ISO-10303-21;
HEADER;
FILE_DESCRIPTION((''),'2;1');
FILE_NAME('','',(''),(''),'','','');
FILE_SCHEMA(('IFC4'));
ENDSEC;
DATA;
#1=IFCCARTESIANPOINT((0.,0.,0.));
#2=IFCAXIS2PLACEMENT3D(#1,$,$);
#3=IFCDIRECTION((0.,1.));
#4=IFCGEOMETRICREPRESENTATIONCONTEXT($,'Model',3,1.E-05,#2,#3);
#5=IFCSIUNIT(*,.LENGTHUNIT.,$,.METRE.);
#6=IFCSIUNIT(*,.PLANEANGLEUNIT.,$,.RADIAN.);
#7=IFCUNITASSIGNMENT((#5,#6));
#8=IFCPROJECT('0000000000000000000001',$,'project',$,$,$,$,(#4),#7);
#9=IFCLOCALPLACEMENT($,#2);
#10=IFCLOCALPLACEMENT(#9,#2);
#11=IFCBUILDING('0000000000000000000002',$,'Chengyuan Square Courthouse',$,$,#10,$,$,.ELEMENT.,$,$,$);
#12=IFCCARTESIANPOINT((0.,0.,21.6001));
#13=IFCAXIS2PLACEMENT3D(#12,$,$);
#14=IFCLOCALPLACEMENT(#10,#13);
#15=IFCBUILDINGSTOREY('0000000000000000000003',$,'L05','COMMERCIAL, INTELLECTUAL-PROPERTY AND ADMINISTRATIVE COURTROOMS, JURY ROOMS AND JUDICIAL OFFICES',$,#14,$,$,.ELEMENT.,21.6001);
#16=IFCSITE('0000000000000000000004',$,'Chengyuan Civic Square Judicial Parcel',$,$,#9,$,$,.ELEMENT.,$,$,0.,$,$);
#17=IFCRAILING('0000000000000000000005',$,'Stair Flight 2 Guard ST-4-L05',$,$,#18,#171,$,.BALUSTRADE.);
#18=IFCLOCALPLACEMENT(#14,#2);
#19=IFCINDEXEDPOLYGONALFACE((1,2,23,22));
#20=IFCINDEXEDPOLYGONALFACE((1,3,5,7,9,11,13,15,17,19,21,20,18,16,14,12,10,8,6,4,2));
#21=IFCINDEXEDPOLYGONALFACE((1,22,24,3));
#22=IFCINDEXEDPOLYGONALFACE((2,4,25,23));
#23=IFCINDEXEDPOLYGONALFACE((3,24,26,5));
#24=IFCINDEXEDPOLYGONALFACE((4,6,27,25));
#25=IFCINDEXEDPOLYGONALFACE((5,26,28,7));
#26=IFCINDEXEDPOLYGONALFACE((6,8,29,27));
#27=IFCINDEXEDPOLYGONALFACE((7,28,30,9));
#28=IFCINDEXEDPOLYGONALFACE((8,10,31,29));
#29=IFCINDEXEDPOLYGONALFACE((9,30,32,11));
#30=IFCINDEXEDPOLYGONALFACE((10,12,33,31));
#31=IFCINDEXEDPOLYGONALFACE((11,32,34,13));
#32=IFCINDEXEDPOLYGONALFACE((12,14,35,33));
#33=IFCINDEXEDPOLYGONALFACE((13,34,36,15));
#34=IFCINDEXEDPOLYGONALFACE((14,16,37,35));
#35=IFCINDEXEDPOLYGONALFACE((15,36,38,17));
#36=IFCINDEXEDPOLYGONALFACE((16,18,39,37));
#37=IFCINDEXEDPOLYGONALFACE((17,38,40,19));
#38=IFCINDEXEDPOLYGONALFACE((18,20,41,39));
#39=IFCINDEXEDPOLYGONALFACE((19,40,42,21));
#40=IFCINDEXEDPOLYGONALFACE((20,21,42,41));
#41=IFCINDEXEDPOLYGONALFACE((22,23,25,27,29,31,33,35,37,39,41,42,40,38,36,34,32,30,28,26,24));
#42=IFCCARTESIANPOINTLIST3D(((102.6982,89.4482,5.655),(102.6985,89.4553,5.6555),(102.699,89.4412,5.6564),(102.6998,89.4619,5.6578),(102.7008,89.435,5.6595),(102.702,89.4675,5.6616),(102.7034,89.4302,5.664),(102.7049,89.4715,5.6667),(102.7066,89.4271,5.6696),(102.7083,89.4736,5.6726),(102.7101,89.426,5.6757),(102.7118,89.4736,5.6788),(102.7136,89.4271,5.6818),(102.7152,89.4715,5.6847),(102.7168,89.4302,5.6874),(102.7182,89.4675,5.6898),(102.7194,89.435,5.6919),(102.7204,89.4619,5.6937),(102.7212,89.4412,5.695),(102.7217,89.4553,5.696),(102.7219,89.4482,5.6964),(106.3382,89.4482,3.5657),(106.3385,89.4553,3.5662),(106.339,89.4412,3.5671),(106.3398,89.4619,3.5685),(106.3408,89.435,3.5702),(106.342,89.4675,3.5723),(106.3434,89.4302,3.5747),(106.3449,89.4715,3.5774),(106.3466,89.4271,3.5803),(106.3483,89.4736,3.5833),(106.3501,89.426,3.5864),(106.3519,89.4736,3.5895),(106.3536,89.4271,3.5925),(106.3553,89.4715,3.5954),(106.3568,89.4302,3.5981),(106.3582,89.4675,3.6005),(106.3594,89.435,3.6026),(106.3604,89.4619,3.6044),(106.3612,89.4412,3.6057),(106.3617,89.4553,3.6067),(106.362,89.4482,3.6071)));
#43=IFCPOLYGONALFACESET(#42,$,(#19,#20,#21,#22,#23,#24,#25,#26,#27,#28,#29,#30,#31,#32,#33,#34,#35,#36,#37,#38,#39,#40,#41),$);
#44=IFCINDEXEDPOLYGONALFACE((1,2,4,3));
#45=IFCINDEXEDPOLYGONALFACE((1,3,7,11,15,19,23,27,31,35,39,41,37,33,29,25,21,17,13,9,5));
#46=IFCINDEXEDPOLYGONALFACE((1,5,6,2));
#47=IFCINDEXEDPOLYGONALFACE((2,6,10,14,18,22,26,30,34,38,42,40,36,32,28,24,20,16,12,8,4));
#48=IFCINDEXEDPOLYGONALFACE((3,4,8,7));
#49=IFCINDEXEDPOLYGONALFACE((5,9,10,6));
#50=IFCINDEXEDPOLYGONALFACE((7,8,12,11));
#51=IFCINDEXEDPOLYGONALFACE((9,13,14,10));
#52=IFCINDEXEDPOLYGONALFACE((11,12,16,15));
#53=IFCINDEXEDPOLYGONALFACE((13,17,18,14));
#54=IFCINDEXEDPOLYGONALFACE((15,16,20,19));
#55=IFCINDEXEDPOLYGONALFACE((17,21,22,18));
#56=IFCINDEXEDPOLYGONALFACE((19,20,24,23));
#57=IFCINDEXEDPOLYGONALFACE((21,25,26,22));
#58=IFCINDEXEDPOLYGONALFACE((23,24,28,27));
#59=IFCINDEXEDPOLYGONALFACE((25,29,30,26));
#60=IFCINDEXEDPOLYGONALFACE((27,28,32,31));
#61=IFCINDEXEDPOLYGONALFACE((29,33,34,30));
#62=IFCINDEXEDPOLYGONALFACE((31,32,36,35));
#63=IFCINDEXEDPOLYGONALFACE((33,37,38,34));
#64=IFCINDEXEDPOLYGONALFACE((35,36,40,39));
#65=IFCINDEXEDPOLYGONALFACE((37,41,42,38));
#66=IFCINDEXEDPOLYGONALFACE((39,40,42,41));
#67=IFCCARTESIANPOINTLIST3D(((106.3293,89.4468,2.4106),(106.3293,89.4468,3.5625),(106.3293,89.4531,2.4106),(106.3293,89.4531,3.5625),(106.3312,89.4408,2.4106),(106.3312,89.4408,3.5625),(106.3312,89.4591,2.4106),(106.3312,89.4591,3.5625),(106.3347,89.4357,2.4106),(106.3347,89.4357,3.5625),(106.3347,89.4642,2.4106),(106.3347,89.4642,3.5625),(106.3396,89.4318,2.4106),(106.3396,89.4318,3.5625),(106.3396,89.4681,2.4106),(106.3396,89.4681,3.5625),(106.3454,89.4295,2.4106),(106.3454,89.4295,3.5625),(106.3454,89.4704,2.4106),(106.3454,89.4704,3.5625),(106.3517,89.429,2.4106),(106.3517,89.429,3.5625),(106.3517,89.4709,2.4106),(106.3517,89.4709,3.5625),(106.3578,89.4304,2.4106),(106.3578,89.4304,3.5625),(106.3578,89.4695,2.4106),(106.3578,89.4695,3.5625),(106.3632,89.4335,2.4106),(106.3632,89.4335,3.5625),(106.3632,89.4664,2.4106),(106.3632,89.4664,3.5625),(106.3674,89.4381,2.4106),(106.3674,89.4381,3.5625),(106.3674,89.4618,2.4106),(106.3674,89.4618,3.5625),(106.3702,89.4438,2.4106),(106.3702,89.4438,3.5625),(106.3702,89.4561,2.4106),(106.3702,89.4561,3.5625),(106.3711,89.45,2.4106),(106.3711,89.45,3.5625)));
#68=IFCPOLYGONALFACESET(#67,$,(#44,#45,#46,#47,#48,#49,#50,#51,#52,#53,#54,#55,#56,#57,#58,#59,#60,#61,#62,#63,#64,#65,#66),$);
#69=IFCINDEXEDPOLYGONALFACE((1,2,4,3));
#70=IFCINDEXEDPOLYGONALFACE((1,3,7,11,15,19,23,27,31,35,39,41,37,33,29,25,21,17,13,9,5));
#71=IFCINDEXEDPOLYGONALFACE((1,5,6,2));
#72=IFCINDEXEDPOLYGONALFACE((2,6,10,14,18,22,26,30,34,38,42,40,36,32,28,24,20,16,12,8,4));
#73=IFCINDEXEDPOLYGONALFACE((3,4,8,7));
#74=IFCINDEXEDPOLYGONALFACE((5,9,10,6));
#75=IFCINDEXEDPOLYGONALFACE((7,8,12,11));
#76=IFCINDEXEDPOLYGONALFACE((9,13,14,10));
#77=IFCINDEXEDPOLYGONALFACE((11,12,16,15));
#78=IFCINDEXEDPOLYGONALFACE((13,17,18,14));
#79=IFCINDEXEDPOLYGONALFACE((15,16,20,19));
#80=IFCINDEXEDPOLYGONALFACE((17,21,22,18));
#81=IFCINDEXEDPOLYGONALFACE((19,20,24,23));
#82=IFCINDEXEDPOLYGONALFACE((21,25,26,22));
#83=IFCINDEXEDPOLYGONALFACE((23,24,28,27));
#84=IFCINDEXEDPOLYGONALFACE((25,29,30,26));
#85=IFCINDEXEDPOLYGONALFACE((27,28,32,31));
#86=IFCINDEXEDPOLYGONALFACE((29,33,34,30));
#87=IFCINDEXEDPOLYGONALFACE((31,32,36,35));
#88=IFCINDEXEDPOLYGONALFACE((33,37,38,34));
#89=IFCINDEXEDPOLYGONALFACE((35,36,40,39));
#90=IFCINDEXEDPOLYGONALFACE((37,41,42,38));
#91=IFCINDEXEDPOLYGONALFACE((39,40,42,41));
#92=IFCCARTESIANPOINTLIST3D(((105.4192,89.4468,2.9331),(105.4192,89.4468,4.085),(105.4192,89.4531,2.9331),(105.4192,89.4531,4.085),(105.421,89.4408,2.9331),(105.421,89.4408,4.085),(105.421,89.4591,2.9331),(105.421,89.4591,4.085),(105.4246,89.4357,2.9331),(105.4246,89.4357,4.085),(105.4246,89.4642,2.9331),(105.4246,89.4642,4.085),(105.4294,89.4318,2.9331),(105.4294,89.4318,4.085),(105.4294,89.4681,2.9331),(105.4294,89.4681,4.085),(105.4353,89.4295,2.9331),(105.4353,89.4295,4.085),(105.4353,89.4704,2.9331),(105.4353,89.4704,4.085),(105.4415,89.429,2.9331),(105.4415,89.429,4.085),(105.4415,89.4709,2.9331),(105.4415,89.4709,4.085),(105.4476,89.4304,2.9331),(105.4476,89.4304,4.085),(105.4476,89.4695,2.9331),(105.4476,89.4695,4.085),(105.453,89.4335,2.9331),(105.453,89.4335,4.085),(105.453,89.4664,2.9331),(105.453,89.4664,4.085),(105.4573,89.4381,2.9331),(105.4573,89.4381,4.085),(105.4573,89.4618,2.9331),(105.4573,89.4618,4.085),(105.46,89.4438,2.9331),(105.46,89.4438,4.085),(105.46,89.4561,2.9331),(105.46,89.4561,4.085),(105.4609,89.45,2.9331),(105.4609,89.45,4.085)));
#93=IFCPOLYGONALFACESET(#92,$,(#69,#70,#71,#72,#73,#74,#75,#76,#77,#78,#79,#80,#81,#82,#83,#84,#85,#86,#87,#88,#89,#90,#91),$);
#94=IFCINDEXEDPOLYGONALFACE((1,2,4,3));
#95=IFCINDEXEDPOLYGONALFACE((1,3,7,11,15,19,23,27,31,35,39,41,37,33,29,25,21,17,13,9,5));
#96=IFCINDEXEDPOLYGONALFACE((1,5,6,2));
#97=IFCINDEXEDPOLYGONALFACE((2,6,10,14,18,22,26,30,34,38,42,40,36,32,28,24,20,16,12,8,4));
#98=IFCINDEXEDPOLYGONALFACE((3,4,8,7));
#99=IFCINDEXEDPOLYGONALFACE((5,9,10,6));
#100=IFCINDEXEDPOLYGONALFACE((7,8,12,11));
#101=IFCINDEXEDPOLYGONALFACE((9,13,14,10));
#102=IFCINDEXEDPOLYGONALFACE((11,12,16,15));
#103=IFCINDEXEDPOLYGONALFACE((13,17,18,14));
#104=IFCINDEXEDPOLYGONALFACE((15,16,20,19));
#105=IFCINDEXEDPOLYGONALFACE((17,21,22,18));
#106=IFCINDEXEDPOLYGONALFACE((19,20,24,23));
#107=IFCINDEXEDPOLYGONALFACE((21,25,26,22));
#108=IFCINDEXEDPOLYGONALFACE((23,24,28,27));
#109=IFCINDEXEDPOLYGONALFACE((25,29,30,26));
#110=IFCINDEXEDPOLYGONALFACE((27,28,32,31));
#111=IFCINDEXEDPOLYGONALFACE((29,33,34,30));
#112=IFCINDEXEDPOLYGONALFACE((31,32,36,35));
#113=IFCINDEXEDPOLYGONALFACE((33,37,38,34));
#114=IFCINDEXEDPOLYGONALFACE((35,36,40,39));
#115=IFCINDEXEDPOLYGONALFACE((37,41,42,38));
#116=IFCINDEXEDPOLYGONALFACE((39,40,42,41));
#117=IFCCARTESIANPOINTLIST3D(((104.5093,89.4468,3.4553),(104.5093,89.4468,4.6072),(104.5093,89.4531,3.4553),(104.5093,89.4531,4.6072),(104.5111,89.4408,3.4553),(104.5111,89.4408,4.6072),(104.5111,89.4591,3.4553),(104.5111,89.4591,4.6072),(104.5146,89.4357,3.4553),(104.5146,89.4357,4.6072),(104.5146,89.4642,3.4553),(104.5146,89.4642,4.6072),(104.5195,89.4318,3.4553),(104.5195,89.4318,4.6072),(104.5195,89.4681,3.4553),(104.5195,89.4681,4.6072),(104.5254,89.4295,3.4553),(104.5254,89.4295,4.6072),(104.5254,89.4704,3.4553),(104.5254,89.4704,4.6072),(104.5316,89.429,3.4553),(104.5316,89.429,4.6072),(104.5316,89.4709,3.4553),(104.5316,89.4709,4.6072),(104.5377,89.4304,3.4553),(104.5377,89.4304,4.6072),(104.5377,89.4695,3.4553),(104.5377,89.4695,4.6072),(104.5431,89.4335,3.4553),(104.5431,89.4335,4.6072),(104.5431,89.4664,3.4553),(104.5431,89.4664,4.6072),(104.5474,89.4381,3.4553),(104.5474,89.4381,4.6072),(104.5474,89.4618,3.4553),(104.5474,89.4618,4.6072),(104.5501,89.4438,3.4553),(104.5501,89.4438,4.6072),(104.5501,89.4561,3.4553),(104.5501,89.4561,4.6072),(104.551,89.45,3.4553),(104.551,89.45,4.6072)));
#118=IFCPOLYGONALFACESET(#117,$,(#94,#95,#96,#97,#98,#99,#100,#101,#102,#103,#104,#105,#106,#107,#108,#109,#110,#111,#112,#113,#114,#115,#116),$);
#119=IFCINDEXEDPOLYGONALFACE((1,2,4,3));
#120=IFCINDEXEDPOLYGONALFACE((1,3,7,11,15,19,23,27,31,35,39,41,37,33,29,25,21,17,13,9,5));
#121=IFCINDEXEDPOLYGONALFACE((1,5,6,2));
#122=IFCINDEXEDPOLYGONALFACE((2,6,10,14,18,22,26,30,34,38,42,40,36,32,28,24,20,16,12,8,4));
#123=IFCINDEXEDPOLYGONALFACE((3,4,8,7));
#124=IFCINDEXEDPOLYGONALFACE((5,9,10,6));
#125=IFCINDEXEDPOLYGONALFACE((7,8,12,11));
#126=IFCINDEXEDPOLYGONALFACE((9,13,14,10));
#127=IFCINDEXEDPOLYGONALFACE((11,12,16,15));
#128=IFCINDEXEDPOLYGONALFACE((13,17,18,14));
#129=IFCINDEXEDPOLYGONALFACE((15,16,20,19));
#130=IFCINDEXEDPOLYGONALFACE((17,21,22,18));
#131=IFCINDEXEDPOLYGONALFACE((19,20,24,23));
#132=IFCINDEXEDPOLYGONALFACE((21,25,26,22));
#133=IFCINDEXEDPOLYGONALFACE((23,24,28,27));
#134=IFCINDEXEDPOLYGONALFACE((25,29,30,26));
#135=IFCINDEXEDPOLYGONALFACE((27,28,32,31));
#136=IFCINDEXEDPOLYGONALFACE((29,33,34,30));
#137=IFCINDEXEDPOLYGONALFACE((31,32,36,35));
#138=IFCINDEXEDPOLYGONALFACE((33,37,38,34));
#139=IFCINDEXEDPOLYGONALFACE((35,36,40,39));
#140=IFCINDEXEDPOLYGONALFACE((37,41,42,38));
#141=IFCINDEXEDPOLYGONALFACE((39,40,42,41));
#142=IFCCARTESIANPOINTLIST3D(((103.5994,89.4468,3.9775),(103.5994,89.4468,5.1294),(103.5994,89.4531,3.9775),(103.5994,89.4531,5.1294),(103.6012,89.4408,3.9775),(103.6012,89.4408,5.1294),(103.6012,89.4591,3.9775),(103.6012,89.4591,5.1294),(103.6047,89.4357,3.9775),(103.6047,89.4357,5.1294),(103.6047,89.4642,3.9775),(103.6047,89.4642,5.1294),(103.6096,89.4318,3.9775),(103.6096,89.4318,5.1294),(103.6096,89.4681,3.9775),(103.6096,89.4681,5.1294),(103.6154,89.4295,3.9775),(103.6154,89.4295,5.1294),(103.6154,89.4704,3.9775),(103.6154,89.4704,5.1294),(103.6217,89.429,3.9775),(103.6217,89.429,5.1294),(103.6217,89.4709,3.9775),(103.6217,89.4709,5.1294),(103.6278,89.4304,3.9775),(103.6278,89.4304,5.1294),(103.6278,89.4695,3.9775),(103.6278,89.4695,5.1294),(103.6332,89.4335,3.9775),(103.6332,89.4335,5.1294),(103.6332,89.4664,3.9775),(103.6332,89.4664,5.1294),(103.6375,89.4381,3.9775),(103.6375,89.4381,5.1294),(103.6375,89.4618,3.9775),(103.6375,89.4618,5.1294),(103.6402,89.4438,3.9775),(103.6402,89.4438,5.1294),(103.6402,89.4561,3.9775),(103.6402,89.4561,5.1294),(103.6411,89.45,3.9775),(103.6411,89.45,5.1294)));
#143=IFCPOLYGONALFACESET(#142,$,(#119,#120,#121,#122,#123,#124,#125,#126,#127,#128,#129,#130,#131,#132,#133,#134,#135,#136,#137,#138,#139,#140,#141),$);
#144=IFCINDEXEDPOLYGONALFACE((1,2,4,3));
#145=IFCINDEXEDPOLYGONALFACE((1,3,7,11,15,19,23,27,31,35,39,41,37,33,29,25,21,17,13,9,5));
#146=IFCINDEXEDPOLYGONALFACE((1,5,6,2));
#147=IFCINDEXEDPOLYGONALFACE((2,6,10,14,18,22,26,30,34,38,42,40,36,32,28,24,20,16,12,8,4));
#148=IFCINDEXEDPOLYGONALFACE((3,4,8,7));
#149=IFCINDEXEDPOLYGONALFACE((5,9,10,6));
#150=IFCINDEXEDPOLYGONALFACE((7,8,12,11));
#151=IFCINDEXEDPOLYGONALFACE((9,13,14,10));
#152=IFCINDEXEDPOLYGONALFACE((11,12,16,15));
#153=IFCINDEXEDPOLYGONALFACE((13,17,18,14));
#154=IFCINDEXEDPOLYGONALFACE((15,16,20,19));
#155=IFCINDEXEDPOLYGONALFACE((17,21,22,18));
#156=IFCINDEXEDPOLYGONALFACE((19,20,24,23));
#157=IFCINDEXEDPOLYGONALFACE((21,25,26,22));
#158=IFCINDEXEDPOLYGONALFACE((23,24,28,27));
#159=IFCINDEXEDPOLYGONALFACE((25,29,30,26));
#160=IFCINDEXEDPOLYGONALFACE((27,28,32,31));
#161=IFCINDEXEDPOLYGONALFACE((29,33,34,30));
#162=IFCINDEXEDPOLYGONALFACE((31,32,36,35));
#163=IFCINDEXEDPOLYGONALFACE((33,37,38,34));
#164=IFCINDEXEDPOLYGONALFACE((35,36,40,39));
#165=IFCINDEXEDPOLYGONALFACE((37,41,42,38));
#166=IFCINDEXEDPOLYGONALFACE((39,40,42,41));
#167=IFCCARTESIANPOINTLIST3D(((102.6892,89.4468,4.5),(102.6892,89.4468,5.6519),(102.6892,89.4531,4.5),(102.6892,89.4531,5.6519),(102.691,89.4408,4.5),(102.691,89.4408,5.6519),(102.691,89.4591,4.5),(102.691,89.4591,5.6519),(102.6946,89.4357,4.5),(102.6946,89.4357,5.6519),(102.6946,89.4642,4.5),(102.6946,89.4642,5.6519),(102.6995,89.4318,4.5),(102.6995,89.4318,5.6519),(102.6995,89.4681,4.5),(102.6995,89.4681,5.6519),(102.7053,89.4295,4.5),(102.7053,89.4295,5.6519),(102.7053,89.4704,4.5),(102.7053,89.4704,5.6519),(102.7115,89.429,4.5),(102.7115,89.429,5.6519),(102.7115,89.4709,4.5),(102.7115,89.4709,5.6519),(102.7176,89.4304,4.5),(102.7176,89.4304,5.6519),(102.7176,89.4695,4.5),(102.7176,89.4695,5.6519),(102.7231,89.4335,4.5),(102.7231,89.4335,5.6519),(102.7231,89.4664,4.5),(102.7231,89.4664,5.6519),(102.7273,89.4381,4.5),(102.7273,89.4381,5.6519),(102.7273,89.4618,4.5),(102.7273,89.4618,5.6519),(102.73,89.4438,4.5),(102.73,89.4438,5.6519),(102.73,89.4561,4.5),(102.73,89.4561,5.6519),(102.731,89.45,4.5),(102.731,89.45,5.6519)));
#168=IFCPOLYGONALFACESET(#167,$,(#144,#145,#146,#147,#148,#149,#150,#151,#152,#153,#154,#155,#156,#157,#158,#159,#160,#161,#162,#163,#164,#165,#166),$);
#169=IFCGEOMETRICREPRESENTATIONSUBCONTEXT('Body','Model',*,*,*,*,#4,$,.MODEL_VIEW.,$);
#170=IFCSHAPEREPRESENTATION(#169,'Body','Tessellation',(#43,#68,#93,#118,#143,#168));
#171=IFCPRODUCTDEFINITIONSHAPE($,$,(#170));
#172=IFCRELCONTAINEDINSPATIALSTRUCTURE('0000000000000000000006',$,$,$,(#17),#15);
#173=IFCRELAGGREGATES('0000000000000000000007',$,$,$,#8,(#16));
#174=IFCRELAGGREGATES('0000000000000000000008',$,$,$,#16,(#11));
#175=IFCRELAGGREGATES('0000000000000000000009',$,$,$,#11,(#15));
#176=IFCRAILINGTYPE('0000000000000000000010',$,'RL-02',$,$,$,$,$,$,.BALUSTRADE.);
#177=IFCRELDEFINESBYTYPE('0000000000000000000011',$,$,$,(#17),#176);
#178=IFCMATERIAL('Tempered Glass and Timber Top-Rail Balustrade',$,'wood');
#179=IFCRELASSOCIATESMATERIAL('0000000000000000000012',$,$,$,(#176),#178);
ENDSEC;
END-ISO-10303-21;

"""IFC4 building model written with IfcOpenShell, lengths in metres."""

from ifc_helpers import new_model, si_unit, direction, frame, origin, origin_2d, place, context, subcontext, project, spatial, circle, extrude, material, type_object, element, save


model = new_model("IFC4")

# Units and contexts
model_context = context("Model", 3, precision=1e-05, world=origin(), true_north=direction((0.0, 1.0)))
body_context = subcontext(model_context, "Body", "Model", "MODEL_VIEW")
ifc_project = project(units=[si_unit("LENGTHUNIT", "METRE"), si_unit("PLANEANGLEUNIT", "RADIAN")], contexts=[model_context])

# Site, building, storey
site_placement = place(None, origin())
site = spatial("IfcSite", under=ifc_project, at=site_placement, Name="Chengyuan Civic Square Judicial Parcel", CompositionType="ELEMENT", RefElevation=0.0)
building_placement = place(site_placement, origin())
building = spatial("IfcBuilding", under=site, at=building_placement, Name="Chengyuan Square Courthouse", CompositionType="ELEMENT")
storey_placement = place(building_placement, frame((0.0, 0.0, 21.6001)))
storey = spatial("IfcBuildingStorey", under=building, at=storey_placement, Name="L05", Description="COMMERCIAL, INTELLECTUAL-PROPERTY AND ADMINISTRATIVE COURTROOMS, JURY ROOMS AND JUDICIAL OFFICES", CompositionType="ELEMENT", Elevation=21.6001)

# Railing
ifc_material_1 = material(Name="Tempered Glass and Timber Top-Rail Balustrade", Category="wood")
railing_type_1 = type_object("IfcRailingType", Name="RL-02", PredefinedType="BALUSTRADE", material=ifc_material_1)
railing_1_placement = place(storey_placement, frame((106.3501, 89.45, 2.4106)))
element("IfcRailing", 1, at=railing_1_placement, inside=storey, type_object=railing_type_1, Name="Stair Flight 2 Guard ST-4-L05", PredefinedType="BALUSTRADE", context=body_context, shape_type="SweptSolid", body=[
    extrude(circle(Radius=0.0239, at=origin_2d()), frame((0.0, 0.0, 1.1758), z_axis=(-0.867289, 0.0, 0.497804), x_axis=(0.0, -1.0, 0.0)), (0.0, 0.0, 1.0), 4.197),
    extrude(circle(Radius=0.021, at=origin_2d()), origin(), (0.0, 0.0, 1.0), 1.1519),
    extrude(circle(Radius=0.021, at=origin_2d()), frame((-0.9102, 0.0, 0.5225)), (0.0, 0.0, 1.0), 1.1519),
    extrude(circle(Radius=0.021, at=origin_2d()), frame((-1.8201, 0.0, 1.0447)), (0.0, 0.0, 1.0), 1.1519),
    extrude(circle(Radius=0.021, at=origin_2d()), frame((-2.73, 0.0, 1.5669)), (0.0, 0.0, 1.0), 1.1519),
    extrude(circle(Radius=0.021, at=origin_2d()), frame((-3.6401, 0.0, 2.0894)), (0.0, 0.0, 1.0), 1.1519),
])

save(model, "model.ifc")
